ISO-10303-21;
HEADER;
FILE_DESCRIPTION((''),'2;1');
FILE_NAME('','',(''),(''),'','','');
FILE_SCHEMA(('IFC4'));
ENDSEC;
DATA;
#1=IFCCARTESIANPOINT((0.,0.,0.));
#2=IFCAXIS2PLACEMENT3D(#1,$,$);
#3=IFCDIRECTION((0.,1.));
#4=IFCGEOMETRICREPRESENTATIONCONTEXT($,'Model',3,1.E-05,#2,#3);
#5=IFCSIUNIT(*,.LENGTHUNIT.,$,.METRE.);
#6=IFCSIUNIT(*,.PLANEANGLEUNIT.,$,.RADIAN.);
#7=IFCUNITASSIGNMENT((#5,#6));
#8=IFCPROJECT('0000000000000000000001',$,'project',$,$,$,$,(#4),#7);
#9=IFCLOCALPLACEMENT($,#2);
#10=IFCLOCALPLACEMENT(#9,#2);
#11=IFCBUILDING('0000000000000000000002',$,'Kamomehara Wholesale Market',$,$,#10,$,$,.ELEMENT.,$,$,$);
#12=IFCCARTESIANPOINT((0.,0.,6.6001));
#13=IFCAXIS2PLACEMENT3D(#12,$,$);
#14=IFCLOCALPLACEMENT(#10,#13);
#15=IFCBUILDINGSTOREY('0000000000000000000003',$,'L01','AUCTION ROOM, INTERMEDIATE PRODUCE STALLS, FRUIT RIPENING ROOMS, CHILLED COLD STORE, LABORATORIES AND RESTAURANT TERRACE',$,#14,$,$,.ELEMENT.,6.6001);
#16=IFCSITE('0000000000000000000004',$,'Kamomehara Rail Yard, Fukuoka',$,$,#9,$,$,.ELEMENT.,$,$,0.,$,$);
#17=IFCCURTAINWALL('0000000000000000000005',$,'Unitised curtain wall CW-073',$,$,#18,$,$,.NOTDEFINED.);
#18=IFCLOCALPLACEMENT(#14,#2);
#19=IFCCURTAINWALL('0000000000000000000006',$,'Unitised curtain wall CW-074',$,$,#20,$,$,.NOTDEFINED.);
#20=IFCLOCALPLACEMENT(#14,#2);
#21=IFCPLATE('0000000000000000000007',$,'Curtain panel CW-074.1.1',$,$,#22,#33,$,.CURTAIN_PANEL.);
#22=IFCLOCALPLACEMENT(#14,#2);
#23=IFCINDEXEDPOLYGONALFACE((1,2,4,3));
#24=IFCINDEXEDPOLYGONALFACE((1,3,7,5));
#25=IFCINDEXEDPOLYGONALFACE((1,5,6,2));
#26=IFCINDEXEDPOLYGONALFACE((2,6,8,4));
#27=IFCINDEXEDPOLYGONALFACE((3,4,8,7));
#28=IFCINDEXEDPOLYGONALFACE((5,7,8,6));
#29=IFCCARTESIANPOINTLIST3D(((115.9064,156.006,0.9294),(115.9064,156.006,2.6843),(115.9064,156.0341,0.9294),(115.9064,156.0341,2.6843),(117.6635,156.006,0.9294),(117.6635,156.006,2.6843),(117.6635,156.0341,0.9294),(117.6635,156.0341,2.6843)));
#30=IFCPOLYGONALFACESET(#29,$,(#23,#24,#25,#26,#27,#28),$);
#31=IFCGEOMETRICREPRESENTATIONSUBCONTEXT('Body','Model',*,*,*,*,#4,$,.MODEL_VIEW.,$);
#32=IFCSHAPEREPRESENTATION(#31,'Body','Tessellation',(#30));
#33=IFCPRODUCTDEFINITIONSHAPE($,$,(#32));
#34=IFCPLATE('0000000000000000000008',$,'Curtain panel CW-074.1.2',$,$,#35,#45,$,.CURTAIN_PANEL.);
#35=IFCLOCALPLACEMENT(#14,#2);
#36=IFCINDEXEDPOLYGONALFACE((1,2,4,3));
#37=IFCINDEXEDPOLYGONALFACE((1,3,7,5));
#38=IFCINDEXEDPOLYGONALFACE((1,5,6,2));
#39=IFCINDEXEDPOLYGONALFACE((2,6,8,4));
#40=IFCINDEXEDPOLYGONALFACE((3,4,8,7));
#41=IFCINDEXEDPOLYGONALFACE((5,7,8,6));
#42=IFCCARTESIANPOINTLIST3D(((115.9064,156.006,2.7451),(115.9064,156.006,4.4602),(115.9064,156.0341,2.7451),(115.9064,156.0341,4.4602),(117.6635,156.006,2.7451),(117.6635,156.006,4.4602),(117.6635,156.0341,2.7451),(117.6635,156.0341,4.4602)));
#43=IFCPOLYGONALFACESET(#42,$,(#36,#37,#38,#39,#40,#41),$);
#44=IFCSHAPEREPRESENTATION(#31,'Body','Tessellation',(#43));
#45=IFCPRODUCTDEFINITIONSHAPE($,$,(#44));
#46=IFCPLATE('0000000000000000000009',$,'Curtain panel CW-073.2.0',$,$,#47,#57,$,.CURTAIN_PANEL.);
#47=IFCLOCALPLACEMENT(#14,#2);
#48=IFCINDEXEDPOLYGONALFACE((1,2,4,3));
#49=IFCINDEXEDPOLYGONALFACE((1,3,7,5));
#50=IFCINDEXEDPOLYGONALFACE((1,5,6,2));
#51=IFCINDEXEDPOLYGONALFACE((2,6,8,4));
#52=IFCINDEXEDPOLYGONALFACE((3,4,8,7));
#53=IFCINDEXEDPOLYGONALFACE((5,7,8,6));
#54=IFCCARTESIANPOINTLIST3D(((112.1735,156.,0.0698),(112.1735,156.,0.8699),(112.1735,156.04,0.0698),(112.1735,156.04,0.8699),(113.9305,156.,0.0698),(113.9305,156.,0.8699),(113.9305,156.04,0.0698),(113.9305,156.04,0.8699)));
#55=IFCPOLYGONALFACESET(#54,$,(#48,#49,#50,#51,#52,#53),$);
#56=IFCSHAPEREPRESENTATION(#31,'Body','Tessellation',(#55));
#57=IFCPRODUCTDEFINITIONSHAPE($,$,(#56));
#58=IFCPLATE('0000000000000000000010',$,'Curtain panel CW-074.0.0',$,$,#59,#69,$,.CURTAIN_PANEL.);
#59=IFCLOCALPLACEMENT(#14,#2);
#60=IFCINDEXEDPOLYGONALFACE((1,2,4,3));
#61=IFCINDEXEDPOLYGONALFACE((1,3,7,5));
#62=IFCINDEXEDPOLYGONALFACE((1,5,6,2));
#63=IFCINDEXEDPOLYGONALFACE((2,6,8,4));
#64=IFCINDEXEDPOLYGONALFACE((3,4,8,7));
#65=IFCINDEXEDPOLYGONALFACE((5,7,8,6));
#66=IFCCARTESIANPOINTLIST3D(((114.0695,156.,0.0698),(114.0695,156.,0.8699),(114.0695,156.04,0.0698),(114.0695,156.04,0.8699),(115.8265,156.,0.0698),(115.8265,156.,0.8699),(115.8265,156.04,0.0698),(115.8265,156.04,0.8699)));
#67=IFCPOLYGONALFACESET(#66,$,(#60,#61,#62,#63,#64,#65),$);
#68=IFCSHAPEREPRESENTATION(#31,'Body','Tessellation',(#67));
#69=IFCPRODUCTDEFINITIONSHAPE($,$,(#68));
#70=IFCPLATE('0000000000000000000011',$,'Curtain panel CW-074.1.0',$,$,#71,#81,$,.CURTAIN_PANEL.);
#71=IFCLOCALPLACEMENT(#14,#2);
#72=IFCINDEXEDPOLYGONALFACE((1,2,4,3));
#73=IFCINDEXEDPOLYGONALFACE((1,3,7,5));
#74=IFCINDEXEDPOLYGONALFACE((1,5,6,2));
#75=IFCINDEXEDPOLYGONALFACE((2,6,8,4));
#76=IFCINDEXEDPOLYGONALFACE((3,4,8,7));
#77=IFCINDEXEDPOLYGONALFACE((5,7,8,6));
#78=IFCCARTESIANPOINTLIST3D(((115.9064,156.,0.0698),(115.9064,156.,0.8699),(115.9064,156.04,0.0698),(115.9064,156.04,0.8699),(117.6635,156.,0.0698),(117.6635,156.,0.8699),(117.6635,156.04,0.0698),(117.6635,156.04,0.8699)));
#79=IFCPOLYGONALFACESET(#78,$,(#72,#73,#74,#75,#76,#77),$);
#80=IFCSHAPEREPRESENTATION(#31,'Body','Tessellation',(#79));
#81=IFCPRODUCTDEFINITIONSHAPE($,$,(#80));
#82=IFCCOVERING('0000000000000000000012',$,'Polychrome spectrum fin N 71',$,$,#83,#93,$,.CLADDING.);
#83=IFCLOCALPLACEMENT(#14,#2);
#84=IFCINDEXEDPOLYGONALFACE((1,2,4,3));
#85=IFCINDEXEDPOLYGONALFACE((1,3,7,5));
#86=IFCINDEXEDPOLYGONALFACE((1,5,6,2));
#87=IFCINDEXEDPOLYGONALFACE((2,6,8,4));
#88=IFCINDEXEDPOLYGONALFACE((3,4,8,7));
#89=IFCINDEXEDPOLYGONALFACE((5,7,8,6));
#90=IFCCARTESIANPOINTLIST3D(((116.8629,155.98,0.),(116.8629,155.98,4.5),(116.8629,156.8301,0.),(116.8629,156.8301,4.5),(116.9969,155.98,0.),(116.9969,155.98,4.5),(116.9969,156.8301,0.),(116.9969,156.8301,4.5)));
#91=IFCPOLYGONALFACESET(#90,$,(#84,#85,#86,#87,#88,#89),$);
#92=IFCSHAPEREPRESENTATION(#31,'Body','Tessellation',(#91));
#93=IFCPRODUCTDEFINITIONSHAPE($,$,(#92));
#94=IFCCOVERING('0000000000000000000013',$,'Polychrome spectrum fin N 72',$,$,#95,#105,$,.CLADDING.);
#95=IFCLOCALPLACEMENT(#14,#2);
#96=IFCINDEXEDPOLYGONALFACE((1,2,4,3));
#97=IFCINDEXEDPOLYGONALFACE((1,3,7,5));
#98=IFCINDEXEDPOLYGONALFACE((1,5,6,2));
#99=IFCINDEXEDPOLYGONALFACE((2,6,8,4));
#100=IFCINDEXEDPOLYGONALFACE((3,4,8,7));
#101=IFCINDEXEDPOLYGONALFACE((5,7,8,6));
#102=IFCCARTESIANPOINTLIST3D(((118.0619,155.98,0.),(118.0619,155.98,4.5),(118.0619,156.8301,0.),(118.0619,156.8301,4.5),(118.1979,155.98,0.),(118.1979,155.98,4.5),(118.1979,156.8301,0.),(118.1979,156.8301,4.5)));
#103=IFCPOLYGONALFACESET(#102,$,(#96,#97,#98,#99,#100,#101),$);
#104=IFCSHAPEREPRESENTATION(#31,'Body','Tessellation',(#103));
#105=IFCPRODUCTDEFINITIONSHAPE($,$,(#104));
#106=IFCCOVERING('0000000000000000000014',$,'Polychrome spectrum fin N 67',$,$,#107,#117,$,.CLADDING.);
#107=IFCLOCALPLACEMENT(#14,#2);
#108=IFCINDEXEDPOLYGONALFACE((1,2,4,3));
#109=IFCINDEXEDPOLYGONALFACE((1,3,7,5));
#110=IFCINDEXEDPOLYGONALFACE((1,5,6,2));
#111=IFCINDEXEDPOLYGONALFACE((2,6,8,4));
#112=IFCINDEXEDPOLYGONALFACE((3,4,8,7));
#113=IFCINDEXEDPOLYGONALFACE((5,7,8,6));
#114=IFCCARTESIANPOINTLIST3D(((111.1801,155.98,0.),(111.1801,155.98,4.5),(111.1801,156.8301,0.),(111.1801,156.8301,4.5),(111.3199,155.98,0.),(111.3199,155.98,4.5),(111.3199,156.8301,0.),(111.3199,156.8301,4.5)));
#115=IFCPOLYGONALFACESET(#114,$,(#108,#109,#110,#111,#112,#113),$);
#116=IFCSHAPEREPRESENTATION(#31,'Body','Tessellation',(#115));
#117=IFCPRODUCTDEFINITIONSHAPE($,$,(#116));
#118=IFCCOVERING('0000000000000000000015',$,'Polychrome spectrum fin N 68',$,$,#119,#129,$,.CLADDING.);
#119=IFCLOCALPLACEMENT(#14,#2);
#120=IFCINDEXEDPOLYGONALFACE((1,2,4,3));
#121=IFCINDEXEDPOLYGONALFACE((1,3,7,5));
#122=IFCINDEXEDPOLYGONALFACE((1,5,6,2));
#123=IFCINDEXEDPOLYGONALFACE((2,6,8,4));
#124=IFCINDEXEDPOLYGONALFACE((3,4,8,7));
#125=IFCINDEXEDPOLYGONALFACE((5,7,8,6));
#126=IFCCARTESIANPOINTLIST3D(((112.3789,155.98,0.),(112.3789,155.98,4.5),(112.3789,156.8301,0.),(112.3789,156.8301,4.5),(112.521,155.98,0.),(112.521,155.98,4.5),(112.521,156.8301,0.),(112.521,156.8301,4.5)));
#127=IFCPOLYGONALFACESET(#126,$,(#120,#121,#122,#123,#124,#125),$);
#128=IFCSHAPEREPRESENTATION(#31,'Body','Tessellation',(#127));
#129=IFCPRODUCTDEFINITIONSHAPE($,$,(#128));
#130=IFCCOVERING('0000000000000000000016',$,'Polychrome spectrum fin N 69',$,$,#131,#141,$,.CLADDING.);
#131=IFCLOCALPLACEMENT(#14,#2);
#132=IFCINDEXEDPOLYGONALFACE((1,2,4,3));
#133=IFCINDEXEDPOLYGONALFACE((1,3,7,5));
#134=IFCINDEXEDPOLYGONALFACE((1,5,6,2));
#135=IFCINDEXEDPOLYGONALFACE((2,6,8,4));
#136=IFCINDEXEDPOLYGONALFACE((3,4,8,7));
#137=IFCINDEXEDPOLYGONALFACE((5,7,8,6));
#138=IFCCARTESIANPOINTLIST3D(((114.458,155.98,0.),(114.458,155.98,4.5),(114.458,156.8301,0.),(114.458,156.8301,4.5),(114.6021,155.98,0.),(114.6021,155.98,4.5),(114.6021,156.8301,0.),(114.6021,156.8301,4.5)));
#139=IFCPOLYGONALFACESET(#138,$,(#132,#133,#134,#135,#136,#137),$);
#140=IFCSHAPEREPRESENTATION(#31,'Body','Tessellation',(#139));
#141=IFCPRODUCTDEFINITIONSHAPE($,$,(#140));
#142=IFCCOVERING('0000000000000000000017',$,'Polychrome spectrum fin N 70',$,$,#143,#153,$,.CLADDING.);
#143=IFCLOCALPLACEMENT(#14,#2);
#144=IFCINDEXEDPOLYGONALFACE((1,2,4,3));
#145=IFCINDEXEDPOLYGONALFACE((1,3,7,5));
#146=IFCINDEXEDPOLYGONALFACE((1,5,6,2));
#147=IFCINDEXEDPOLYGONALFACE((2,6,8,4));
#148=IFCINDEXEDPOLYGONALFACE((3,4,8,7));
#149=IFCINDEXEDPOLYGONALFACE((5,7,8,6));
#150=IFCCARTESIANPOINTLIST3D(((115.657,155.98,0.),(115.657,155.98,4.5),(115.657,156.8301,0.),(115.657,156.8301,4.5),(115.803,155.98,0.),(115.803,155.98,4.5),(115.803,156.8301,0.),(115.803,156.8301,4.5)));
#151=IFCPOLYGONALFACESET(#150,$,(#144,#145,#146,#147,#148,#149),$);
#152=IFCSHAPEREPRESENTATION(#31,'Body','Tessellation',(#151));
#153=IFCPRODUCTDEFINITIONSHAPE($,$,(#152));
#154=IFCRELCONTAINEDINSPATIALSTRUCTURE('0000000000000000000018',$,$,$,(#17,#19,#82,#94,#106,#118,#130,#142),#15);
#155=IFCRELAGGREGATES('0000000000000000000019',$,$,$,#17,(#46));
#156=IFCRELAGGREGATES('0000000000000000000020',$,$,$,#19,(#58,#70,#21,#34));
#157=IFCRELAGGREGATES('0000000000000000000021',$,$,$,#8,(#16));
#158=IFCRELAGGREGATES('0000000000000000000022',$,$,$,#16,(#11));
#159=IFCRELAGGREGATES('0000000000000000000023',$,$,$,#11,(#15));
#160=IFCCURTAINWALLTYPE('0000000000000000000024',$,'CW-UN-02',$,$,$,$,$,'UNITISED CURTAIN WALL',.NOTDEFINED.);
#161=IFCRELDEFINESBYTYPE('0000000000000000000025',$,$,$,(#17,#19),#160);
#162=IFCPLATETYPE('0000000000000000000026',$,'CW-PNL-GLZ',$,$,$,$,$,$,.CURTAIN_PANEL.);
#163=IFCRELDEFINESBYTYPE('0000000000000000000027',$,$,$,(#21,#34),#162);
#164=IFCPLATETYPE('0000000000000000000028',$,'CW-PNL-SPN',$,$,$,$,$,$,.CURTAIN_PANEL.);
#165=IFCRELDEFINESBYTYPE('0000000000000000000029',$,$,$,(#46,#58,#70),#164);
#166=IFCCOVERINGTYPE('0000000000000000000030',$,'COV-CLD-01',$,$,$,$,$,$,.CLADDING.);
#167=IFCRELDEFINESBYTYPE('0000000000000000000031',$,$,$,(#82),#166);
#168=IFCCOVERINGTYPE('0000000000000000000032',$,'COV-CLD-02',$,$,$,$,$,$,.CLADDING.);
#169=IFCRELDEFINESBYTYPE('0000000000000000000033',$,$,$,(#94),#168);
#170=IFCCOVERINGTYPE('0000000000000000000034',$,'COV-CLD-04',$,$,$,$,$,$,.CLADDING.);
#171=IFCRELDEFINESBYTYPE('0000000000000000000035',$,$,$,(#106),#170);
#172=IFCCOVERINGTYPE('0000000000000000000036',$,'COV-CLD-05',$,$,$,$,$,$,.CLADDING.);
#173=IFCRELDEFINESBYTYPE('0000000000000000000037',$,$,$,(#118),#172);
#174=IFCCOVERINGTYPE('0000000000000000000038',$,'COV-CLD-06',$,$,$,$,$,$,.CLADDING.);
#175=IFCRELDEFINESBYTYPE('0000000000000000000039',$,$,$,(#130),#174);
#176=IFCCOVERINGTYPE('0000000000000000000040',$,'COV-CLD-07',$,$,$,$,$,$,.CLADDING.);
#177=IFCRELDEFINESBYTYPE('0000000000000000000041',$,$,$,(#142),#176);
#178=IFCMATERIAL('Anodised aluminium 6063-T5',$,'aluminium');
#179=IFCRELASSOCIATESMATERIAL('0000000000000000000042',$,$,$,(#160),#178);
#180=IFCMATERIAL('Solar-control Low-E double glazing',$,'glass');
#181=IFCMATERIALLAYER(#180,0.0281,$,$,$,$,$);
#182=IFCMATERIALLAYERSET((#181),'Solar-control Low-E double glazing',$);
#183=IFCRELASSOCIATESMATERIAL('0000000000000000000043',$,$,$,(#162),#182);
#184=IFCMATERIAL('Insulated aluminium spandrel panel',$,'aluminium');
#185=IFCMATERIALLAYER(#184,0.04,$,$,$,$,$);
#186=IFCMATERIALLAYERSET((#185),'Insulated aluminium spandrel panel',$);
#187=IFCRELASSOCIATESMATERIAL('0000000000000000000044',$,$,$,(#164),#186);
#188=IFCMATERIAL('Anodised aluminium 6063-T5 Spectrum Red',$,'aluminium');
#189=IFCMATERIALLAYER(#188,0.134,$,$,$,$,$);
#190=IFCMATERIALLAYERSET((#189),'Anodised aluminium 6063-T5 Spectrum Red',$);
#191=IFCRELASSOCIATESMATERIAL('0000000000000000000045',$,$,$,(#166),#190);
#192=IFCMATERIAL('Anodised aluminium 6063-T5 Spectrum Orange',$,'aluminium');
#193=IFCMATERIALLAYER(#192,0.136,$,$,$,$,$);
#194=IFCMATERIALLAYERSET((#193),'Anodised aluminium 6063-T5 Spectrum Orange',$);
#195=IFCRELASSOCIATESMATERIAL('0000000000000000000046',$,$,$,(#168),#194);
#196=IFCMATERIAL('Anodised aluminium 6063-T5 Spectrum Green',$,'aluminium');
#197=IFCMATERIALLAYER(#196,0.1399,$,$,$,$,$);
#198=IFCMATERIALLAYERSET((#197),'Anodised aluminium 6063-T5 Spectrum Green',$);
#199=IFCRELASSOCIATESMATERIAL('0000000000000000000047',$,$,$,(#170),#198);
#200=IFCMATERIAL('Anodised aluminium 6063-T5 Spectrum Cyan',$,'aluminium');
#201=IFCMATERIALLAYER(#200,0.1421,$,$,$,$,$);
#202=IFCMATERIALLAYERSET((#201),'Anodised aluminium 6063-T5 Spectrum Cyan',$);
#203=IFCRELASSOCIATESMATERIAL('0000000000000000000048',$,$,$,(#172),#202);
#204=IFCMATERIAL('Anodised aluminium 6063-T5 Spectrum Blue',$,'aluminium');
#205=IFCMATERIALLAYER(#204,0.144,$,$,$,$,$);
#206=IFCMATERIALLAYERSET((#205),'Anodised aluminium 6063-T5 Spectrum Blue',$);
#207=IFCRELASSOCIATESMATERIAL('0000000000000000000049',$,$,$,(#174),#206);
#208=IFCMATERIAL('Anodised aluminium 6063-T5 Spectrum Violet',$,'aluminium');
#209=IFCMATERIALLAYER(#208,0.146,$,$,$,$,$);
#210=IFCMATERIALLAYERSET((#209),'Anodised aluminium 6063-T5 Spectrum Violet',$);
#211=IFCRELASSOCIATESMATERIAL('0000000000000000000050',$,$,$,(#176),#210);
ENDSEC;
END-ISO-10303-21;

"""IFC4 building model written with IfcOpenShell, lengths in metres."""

from ifc_helpers import new_model, si_unit, direction, frame, origin, origin_2d, place, context, subcontext, project, spatial, rectangle, extrude, material, layer, layer_set, type_object, element, aggregate, save


model = new_model("IFC4")

# Units and contexts
model_context = context("Model", 3, precision=1e-05, world=origin(), true_north=direction((0.0, 1.0)))
body_context = subcontext(model_context, "Body", "Model", "MODEL_VIEW")
ifc_project = project(units=[si_unit("LENGTHUNIT", "METRE"), si_unit("PLANEANGLEUNIT", "RADIAN")], contexts=[model_context])

# Site, building, storey
site_placement = place(None, origin())
site = spatial("IfcSite", under=ifc_project, at=site_placement, Name="Kamomehara Rail Yard, Fukuoka", CompositionType="ELEMENT", RefElevation=0.0)
building_placement = place(site_placement, origin())
building = spatial("IfcBuilding", under=site, at=building_placement, Name="Kamomehara Wholesale Market", CompositionType="ELEMENT")
storey_placement = place(building_placement, frame((0.0, 0.0, 6.6001)))
storey = spatial("IfcBuildingStorey", under=building, at=storey_placement, Name="L01", Description="AUCTION ROOM, INTERMEDIATE PRODUCE STALLS, FRUIT RIPENING ROOMS, CHILLED COLD STORE, LABORATORIES AND RESTAURANT TERRACE", CompositionType="ELEMENT", Elevation=6.6001)

# Curtain walls
ifc_material_1 = material(Name="Anodised aluminium 6063-T5", Category="aluminium")
curtain_wall_type = type_object("IfcCurtainWallType", Name="CW-UN-02", ElementType="UNITISED CURTAIN WALL", PredefinedType="NOTDEFINED", material=ifc_material_1)
curtain_wall_1_placement = place(storey_placement, origin())
curtain_wall_1 = element("IfcCurtainWall", 1, at=curtain_wall_1_placement, inside=storey, type_object=curtain_wall_type, Name="Unitised curtain wall CW-073", PredefinedType="NOTDEFINED")
curtain_wall_2_placement = place(storey_placement, origin())
curtain_wall_2 = element("IfcCurtainWall", 2, at=curtain_wall_2_placement, inside=storey, type_object=curtain_wall_type, Name="Unitised curtain wall CW-074", PredefinedType="NOTDEFINED")

# Plates
ifc_material_2 = material(Name="Solar-control Low-E double glazing", Category="glass")
ifc_layer_1 = layer(ifc_material_2, 0.0281)
ifc_layer_set_1 = layer_set([ifc_layer_1], Name="Solar-control Low-E double glazing")
plate_type_1 = type_object("IfcPlateType", Name="CW-PNL-GLZ", PredefinedType="CURTAIN_PANEL", material=ifc_layer_set_1)
plate_1_placement = place(storey_placement, frame((116.7849, 156.02, 0.9294), z_axis=(0.0, 0.0, 1.0), x_axis=(1.0, 0.0, 0.0)))
plate_1 = element("IfcPlate", 3, at=plate_1_placement, type_object=plate_type_1, Name="Curtain panel CW-074.1.1", PredefinedType="CURTAIN_PANEL", context=body_context, shape_type="SweptSolid", body=[
    extrude(rectangle(XDim=1.7571, YDim=0.0281, at=origin_2d()), origin(), (0.0, 0.0, 1.0), 1.7549),
])
plate_2_placement = place(storey_placement, frame((116.7849, 156.02, 2.7451), z_axis=(0.0, 0.0, 1.0), x_axis=(1.0, 0.0, 0.0)))
plate_2 = element("IfcPlate", 4, at=plate_2_placement, type_object=plate_type_1, Name="Curtain panel CW-074.1.2", PredefinedType="CURTAIN_PANEL", context=body_context, shape_type="SweptSolid", body=[
    extrude(rectangle(XDim=1.7571, YDim=0.0281, at=origin_2d()), origin(), (0.0, 0.0, 1.0), 1.7151),
])
ifc_material_3 = material(Name="Insulated aluminium spandrel panel", Category="aluminium")
ifc_layer_2 = layer(ifc_material_3, 0.04)
ifc_layer_set_2 = layer_set([ifc_layer_2], Name="Insulated aluminium spandrel panel")
plate_type_2 = type_object("IfcPlateType", Name="CW-PNL-SPN", PredefinedType="CURTAIN_PANEL", material=ifc_layer_set_2)
plate_3_placement = place(storey_placement, frame((113.052, 156.02, 0.0698), z_axis=(0.0, 0.0, 1.0), x_axis=(1.0, 0.0, 0.0)))
plate_3 = element("IfcPlate", 5, at=plate_3_placement, type_object=plate_type_2, Name="Curtain panel CW-073.2.0", PredefinedType="CURTAIN_PANEL", context=body_context, shape_type="SweptSolid", body=[
    extrude(rectangle(XDim=1.7571, YDim=0.04, at=origin_2d()), origin(), (0.0, 0.0, 1.0), 0.8),
])
aggregate(curtain_wall_1, [plate_3])
plate_4_placement = place(storey_placement, frame((114.948, 156.02, 0.0698), z_axis=(0.0, 0.0, 1.0), x_axis=(1.0, 0.0, 0.0)))
plate_4 = element("IfcPlate", 6, at=plate_4_placement, type_object=plate_type_2, Name="Curtain panel CW-074.0.0", PredefinedType="CURTAIN_PANEL", context=body_context, shape_type="SweptSolid", body=[
    extrude(rectangle(XDim=1.7571, YDim=0.04, at=origin_2d()), origin(), (0.0, 0.0, 1.0), 0.8),
])
plate_5_placement = place(storey_placement, frame((116.7849, 156.02, 0.0698), z_axis=(0.0, 0.0, 1.0), x_axis=(1.0, 0.0, 0.0)))
plate_5 = element("IfcPlate", 7, at=plate_5_placement, type_object=plate_type_2, Name="Curtain panel CW-074.1.0", PredefinedType="CURTAIN_PANEL", context=body_context, shape_type="SweptSolid", body=[
    extrude(rectangle(XDim=1.7571, YDim=0.04, at=origin_2d()), origin(), (0.0, 0.0, 1.0), 0.8),
])
aggregate(curtain_wall_2, [plate_4, plate_5, plate_1, plate_2])

# Coverings
ifc_material_4 = material(Name="Anodised aluminium 6063-T5 Spectrum Red", Category="aluminium")
ifc_layer_3 = layer(ifc_material_4, 0.134)
ifc_layer_set_3 = layer_set([ifc_layer_3], Name="Anodised aluminium 6063-T5 Spectrum Red")
covering_type_1 = type_object("IfcCoveringType", Name="COV-CLD-01", PredefinedType="CLADDING", material=ifc_layer_set_3)
covering_1_placement = place(storey_placement, frame((116.9299, 156.405, 0.0), z_axis=(0.0, 0.0, 1.0), x_axis=(1.0, 0.0, 0.0)))
element("IfcCovering", 8, at=covering_1_placement, inside=storey, type_object=covering_type_1, Name="Polychrome spectrum fin N 71", PredefinedType="CLADDING", context=body_context, shape_type="SweptSolid", body=[
    extrude(rectangle(XDim=0.134, YDim=0.8501, at=origin_2d()), origin(), (0.0, 0.0, 1.0), 4.5),
])
ifc_material_5 = material(Name="Anodised aluminium 6063-T5 Spectrum Orange", Category="aluminium")
ifc_layer_4 = layer(ifc_material_5, 0.136)
ifc_layer_set_4 = layer_set([ifc_layer_4], Name="Anodised aluminium 6063-T5 Spectrum Orange")
covering_type_2 = type_object("IfcCoveringType", Name="COV-CLD-02", PredefinedType="CLADDING", material=ifc_layer_set_4)
covering_2_placement = place(storey_placement, frame((118.1299, 156.405, 0.0), z_axis=(0.0, 0.0, 1.0), x_axis=(1.0, 0.0, 0.0)))
element("IfcCovering", 9, at=covering_2_placement, inside=storey, type_object=covering_type_2, Name="Polychrome spectrum fin N 72", PredefinedType="CLADDING", context=body_context, shape_type="SweptSolid", body=[
    extrude(rectangle(XDim=0.136, YDim=0.8501, at=origin_2d()), origin(), (0.0, 0.0, 1.0), 4.5),
])
ifc_material_6 = material(Name="Anodised aluminium 6063-T5 Spectrum Green", Category="aluminium")
ifc_layer_5 = layer(ifc_material_6, 0.1399)
ifc_layer_set_5 = layer_set([ifc_layer_5], Name="Anodised aluminium 6063-T5 Spectrum Green")
covering_type_3 = type_object("IfcCoveringType", Name="COV-CLD-04", PredefinedType="CLADDING", material=ifc_layer_set_5)
covering_3_placement = place(storey_placement, frame((111.25, 156.405, 0.0), z_axis=(0.0, 0.0, 1.0), x_axis=(1.0, 0.0, 0.0)))
element("IfcCovering", 10, at=covering_3_placement, inside=storey, type_object=covering_type_3, Name="Polychrome spectrum fin N 67", PredefinedType="CLADDING", context=body_context, shape_type="SweptSolid", body=[
    extrude(rectangle(XDim=0.1399, YDim=0.8501, at=origin_2d()), origin(), (0.0, 0.0, 1.0), 4.5),
])
ifc_material_7 = material(Name="Anodised aluminium 6063-T5 Spectrum Cyan", Category="aluminium")
ifc_layer_6 = layer(ifc_material_7, 0.1421)
ifc_layer_set_6 = layer_set([ifc_layer_6], Name="Anodised aluminium 6063-T5 Spectrum Cyan")
covering_type_4 = type_object("IfcCoveringType", Name="COV-CLD-05", PredefinedType="CLADDING", material=ifc_layer_set_6)
covering_4_placement = place(storey_placement, frame((112.45, 156.405, 0.0), z_axis=(0.0, 0.0, 1.0), x_axis=(1.0, 0.0, 0.0)))
element("IfcCovering", 11, at=covering_4_placement, inside=storey, type_object=covering_type_4, Name="Polychrome spectrum fin N 68", PredefinedType="CLADDING", context=body_context, shape_type="SweptSolid", body=[
    extrude(rectangle(XDim=0.1421, YDim=0.8501, at=origin_2d()), origin(), (0.0, 0.0, 1.0), 4.5),
])
ifc_material_8 = material(Name="Anodised aluminium 6063-T5 Spectrum Blue", Category="aluminium")
ifc_layer_7 = layer(ifc_material_8, 0.144)
ifc_layer_set_7 = layer_set([ifc_layer_7], Name="Anodised aluminium 6063-T5 Spectrum Blue")
covering_type_5 = type_object("IfcCoveringType", Name="COV-CLD-06", PredefinedType="CLADDING", material=ifc_layer_set_7)
covering_5_placement = place(storey_placement, frame((114.53, 156.405, 0.0), z_axis=(0.0, 0.0, 1.0), x_axis=(1.0, 0.0, 0.0)))
element("IfcCovering", 12, at=covering_5_placement, inside=storey, type_object=covering_type_5, Name="Polychrome spectrum fin N 69", PredefinedType="CLADDING", context=body_context, shape_type="SweptSolid", body=[
    extrude(rectangle(XDim=0.144, YDim=0.8501, at=origin_2d()), origin(), (0.0, 0.0, 1.0), 4.5),
])
ifc_material_9 = material(Name="Anodised aluminium 6063-T5 Spectrum Violet", Category="aluminium")
ifc_layer_8 = layer(ifc_material_9, 0.146)
ifc_layer_set_8 = layer_set([ifc_layer_8], Name="Anodised aluminium 6063-T5 Spectrum Violet")
covering_type_6 = type_object("IfcCoveringType", Name="COV-CLD-07", PredefinedType="CLADDING", material=ifc_layer_set_8)
covering_6_placement = place(storey_placement, frame((115.73, 156.405, 0.0), z_axis=(0.0, 0.0, 1.0), x_axis=(1.0, 0.0, 0.0)))
element("IfcCovering", 13, at=covering_6_placement, inside=storey, type_object=covering_type_6, Name="Polychrome spectrum fin N 70", PredefinedType="CLADDING", context=body_context, shape_type="SweptSolid", body=[
    extrude(rectangle(XDim=0.146, YDim=0.8501, at=origin_2d()), origin(), (0.0, 0.0, 1.0), 4.5),
])

save(model, "model.ifc")
